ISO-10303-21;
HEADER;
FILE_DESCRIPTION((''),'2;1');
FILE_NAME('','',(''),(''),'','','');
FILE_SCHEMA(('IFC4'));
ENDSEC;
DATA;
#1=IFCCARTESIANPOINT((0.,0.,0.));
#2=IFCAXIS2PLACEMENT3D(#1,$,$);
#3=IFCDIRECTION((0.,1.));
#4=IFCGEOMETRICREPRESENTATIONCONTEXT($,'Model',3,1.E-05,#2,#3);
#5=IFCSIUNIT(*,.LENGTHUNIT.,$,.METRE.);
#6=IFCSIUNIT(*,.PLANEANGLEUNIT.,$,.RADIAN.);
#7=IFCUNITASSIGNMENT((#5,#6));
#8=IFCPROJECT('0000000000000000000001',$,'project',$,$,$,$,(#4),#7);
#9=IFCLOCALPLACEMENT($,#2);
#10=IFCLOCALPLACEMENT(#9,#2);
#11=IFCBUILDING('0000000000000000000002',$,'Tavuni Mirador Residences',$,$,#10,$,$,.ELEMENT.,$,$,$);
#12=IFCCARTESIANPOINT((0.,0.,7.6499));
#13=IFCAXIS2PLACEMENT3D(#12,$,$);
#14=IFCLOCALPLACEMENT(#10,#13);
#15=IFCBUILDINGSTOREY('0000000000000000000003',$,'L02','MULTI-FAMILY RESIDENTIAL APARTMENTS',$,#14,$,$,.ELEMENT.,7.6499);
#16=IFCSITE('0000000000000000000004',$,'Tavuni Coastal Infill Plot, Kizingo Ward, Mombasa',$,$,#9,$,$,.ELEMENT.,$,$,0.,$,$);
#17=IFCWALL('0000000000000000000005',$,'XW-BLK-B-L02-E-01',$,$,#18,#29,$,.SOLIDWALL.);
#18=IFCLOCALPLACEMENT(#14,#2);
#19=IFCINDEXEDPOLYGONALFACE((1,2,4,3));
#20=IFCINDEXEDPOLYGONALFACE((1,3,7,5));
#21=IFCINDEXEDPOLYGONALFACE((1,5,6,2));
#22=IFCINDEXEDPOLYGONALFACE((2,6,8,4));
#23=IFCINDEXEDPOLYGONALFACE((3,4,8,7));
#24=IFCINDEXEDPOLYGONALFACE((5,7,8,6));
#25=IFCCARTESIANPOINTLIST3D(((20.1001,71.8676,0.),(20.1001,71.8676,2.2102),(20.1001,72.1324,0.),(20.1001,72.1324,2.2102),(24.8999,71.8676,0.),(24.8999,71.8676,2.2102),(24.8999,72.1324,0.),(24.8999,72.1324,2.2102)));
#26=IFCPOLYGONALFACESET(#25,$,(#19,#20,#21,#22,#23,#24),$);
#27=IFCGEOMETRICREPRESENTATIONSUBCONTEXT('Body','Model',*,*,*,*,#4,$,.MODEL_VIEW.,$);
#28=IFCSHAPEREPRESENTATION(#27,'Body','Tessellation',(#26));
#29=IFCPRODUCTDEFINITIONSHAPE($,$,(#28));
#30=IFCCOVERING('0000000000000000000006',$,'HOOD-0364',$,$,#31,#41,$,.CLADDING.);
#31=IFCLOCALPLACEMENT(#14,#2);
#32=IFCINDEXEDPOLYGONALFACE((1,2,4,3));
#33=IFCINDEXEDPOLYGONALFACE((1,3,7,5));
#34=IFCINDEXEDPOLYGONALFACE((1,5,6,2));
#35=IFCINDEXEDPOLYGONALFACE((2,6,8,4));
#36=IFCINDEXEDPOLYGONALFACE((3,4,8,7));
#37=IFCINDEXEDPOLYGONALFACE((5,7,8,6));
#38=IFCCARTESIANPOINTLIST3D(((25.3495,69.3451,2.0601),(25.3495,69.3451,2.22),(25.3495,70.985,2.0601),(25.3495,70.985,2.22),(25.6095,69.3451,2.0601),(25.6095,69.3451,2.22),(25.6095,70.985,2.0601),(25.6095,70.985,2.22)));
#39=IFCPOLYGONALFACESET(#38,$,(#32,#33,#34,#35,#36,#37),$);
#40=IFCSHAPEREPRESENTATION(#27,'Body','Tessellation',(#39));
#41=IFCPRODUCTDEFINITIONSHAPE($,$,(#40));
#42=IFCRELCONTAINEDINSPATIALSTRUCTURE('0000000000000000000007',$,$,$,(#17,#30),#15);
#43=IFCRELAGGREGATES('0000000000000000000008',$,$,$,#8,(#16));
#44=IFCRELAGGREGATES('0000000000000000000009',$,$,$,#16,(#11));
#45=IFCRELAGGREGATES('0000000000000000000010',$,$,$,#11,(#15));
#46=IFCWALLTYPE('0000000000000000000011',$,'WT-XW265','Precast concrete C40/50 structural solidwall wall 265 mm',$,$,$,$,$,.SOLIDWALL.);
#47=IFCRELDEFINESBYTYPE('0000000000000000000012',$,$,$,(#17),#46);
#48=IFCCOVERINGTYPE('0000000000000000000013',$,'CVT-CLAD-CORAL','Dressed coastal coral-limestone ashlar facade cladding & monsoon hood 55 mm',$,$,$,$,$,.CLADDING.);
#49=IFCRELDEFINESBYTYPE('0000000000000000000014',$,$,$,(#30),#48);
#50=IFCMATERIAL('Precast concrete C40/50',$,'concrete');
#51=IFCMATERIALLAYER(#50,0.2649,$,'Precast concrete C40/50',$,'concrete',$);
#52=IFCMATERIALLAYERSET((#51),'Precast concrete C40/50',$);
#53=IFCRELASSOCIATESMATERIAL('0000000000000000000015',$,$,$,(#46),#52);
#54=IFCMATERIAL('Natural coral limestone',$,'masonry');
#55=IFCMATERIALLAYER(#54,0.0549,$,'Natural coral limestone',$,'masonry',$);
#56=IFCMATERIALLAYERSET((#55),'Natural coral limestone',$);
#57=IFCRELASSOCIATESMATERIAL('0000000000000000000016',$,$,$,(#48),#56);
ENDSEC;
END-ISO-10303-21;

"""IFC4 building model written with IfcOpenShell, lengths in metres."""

from ifc_helpers import new_model, si_unit, direction, frame, frame_2d, origin, origin_2d, place, context, subcontext, project, spatial, rectangle, extrude, material, layer, layer_set, type_object, element, save


model = new_model("IFC4")

# Units and contexts
model_context = context("Model", 3, precision=1e-05, world=origin(), true_north=direction((0.0, 1.0)))
body_context = subcontext(model_context, "Body", "Model", "MODEL_VIEW")
ifc_project = project(units=[si_unit("LENGTHUNIT", "METRE"), si_unit("PLANEANGLEUNIT", "RADIAN")], contexts=[model_context])

# Site, building, storey
site_placement = place(None, origin())
site = spatial("IfcSite", under=ifc_project, at=site_placement, Name="Tavuni Coastal Infill Plot, Kizingo Ward, Mombasa", CompositionType="ELEMENT", RefElevation=0.0)
building_placement = place(site_placement, origin())
building = spatial("IfcBuilding", under=site, at=building_placement, Name="Tavuni Mirador Residences", CompositionType="ELEMENT")
storey_placement = place(building_placement, frame((0.0, 0.0, 7.6499)))
storey = spatial("IfcBuildingStorey", under=building, at=storey_placement, Name="L02", Description="MULTI-FAMILY RESIDENTIAL APARTMENTS", CompositionType="ELEMENT", Elevation=7.6499)

# Shared definitions
ifc_material_1 = material(Name="Precast concrete C40/50", Category="concrete")

# Wall
ifc_layer_1 = layer(ifc_material_1, 0.2649, Name="Precast concrete C40/50", Category="concrete")
ifc_layer_set_1 = layer_set([ifc_layer_1], Name="Precast concrete C40/50")
wall_type_1 = type_object("IfcWallType", Name="WT-XW265", Description="Precast concrete C40/50 structural solidwall wall 265 mm", PredefinedType="SOLIDWALL", material=ifc_layer_set_1)
wall_1_placement = place(storey_placement, frame((20.1001, 72.0, 0.0), z_axis=(0.0, 0.0, 1.0), x_axis=(1.0, 0.0, 0.0)))
element("IfcWall", 1, at=wall_1_placement, inside=storey, type_object=wall_type_1, Name="XW-BLK-B-L02-E-01", PredefinedType="SOLIDWALL", context=body_context, shape_type="SweptSolid", body=[
    extrude(rectangle(XDim=4.7998, YDim=0.2649, at=frame_2d((2.3999, 0.0))), origin(), (0.0, 0.0, 1.0), 2.2102),
])

# Covering
ifc_material_2 = material(Name="Natural coral limestone", Category="masonry")
ifc_layer_2 = layer(ifc_material_2, 0.0549, Name="Natural coral limestone", Category="masonry")
ifc_layer_set_2 = layer_set([ifc_layer_2], Name="Natural coral limestone")
covering_type = type_object("IfcCoveringType", Name="CVT-CLAD-CORAL", Description="Dressed coastal coral-limestone ashlar facade cladding & monsoon hood 55 mm", PredefinedType="CLADDING", material=ifc_layer_set_2)
covering_placement = place(storey_placement, frame((25.4795, 70.165, 2.0601), z_axis=(0.0, 0.0, 1.0), x_axis=(0.0, 1.0, 0.0)))
element("IfcCovering", 2, at=covering_placement, inside=storey, type_object=covering_type, Name="HOOD-0364", PredefinedType="CLADDING", context=body_context, shape_type="SweptSolid", body=[
    extrude(rectangle(XDim=1.6399, YDim=0.26, at=origin_2d()), origin(), (0.0, 0.0, 1.0), 0.1599),
])

save(model, "model.ifc")
